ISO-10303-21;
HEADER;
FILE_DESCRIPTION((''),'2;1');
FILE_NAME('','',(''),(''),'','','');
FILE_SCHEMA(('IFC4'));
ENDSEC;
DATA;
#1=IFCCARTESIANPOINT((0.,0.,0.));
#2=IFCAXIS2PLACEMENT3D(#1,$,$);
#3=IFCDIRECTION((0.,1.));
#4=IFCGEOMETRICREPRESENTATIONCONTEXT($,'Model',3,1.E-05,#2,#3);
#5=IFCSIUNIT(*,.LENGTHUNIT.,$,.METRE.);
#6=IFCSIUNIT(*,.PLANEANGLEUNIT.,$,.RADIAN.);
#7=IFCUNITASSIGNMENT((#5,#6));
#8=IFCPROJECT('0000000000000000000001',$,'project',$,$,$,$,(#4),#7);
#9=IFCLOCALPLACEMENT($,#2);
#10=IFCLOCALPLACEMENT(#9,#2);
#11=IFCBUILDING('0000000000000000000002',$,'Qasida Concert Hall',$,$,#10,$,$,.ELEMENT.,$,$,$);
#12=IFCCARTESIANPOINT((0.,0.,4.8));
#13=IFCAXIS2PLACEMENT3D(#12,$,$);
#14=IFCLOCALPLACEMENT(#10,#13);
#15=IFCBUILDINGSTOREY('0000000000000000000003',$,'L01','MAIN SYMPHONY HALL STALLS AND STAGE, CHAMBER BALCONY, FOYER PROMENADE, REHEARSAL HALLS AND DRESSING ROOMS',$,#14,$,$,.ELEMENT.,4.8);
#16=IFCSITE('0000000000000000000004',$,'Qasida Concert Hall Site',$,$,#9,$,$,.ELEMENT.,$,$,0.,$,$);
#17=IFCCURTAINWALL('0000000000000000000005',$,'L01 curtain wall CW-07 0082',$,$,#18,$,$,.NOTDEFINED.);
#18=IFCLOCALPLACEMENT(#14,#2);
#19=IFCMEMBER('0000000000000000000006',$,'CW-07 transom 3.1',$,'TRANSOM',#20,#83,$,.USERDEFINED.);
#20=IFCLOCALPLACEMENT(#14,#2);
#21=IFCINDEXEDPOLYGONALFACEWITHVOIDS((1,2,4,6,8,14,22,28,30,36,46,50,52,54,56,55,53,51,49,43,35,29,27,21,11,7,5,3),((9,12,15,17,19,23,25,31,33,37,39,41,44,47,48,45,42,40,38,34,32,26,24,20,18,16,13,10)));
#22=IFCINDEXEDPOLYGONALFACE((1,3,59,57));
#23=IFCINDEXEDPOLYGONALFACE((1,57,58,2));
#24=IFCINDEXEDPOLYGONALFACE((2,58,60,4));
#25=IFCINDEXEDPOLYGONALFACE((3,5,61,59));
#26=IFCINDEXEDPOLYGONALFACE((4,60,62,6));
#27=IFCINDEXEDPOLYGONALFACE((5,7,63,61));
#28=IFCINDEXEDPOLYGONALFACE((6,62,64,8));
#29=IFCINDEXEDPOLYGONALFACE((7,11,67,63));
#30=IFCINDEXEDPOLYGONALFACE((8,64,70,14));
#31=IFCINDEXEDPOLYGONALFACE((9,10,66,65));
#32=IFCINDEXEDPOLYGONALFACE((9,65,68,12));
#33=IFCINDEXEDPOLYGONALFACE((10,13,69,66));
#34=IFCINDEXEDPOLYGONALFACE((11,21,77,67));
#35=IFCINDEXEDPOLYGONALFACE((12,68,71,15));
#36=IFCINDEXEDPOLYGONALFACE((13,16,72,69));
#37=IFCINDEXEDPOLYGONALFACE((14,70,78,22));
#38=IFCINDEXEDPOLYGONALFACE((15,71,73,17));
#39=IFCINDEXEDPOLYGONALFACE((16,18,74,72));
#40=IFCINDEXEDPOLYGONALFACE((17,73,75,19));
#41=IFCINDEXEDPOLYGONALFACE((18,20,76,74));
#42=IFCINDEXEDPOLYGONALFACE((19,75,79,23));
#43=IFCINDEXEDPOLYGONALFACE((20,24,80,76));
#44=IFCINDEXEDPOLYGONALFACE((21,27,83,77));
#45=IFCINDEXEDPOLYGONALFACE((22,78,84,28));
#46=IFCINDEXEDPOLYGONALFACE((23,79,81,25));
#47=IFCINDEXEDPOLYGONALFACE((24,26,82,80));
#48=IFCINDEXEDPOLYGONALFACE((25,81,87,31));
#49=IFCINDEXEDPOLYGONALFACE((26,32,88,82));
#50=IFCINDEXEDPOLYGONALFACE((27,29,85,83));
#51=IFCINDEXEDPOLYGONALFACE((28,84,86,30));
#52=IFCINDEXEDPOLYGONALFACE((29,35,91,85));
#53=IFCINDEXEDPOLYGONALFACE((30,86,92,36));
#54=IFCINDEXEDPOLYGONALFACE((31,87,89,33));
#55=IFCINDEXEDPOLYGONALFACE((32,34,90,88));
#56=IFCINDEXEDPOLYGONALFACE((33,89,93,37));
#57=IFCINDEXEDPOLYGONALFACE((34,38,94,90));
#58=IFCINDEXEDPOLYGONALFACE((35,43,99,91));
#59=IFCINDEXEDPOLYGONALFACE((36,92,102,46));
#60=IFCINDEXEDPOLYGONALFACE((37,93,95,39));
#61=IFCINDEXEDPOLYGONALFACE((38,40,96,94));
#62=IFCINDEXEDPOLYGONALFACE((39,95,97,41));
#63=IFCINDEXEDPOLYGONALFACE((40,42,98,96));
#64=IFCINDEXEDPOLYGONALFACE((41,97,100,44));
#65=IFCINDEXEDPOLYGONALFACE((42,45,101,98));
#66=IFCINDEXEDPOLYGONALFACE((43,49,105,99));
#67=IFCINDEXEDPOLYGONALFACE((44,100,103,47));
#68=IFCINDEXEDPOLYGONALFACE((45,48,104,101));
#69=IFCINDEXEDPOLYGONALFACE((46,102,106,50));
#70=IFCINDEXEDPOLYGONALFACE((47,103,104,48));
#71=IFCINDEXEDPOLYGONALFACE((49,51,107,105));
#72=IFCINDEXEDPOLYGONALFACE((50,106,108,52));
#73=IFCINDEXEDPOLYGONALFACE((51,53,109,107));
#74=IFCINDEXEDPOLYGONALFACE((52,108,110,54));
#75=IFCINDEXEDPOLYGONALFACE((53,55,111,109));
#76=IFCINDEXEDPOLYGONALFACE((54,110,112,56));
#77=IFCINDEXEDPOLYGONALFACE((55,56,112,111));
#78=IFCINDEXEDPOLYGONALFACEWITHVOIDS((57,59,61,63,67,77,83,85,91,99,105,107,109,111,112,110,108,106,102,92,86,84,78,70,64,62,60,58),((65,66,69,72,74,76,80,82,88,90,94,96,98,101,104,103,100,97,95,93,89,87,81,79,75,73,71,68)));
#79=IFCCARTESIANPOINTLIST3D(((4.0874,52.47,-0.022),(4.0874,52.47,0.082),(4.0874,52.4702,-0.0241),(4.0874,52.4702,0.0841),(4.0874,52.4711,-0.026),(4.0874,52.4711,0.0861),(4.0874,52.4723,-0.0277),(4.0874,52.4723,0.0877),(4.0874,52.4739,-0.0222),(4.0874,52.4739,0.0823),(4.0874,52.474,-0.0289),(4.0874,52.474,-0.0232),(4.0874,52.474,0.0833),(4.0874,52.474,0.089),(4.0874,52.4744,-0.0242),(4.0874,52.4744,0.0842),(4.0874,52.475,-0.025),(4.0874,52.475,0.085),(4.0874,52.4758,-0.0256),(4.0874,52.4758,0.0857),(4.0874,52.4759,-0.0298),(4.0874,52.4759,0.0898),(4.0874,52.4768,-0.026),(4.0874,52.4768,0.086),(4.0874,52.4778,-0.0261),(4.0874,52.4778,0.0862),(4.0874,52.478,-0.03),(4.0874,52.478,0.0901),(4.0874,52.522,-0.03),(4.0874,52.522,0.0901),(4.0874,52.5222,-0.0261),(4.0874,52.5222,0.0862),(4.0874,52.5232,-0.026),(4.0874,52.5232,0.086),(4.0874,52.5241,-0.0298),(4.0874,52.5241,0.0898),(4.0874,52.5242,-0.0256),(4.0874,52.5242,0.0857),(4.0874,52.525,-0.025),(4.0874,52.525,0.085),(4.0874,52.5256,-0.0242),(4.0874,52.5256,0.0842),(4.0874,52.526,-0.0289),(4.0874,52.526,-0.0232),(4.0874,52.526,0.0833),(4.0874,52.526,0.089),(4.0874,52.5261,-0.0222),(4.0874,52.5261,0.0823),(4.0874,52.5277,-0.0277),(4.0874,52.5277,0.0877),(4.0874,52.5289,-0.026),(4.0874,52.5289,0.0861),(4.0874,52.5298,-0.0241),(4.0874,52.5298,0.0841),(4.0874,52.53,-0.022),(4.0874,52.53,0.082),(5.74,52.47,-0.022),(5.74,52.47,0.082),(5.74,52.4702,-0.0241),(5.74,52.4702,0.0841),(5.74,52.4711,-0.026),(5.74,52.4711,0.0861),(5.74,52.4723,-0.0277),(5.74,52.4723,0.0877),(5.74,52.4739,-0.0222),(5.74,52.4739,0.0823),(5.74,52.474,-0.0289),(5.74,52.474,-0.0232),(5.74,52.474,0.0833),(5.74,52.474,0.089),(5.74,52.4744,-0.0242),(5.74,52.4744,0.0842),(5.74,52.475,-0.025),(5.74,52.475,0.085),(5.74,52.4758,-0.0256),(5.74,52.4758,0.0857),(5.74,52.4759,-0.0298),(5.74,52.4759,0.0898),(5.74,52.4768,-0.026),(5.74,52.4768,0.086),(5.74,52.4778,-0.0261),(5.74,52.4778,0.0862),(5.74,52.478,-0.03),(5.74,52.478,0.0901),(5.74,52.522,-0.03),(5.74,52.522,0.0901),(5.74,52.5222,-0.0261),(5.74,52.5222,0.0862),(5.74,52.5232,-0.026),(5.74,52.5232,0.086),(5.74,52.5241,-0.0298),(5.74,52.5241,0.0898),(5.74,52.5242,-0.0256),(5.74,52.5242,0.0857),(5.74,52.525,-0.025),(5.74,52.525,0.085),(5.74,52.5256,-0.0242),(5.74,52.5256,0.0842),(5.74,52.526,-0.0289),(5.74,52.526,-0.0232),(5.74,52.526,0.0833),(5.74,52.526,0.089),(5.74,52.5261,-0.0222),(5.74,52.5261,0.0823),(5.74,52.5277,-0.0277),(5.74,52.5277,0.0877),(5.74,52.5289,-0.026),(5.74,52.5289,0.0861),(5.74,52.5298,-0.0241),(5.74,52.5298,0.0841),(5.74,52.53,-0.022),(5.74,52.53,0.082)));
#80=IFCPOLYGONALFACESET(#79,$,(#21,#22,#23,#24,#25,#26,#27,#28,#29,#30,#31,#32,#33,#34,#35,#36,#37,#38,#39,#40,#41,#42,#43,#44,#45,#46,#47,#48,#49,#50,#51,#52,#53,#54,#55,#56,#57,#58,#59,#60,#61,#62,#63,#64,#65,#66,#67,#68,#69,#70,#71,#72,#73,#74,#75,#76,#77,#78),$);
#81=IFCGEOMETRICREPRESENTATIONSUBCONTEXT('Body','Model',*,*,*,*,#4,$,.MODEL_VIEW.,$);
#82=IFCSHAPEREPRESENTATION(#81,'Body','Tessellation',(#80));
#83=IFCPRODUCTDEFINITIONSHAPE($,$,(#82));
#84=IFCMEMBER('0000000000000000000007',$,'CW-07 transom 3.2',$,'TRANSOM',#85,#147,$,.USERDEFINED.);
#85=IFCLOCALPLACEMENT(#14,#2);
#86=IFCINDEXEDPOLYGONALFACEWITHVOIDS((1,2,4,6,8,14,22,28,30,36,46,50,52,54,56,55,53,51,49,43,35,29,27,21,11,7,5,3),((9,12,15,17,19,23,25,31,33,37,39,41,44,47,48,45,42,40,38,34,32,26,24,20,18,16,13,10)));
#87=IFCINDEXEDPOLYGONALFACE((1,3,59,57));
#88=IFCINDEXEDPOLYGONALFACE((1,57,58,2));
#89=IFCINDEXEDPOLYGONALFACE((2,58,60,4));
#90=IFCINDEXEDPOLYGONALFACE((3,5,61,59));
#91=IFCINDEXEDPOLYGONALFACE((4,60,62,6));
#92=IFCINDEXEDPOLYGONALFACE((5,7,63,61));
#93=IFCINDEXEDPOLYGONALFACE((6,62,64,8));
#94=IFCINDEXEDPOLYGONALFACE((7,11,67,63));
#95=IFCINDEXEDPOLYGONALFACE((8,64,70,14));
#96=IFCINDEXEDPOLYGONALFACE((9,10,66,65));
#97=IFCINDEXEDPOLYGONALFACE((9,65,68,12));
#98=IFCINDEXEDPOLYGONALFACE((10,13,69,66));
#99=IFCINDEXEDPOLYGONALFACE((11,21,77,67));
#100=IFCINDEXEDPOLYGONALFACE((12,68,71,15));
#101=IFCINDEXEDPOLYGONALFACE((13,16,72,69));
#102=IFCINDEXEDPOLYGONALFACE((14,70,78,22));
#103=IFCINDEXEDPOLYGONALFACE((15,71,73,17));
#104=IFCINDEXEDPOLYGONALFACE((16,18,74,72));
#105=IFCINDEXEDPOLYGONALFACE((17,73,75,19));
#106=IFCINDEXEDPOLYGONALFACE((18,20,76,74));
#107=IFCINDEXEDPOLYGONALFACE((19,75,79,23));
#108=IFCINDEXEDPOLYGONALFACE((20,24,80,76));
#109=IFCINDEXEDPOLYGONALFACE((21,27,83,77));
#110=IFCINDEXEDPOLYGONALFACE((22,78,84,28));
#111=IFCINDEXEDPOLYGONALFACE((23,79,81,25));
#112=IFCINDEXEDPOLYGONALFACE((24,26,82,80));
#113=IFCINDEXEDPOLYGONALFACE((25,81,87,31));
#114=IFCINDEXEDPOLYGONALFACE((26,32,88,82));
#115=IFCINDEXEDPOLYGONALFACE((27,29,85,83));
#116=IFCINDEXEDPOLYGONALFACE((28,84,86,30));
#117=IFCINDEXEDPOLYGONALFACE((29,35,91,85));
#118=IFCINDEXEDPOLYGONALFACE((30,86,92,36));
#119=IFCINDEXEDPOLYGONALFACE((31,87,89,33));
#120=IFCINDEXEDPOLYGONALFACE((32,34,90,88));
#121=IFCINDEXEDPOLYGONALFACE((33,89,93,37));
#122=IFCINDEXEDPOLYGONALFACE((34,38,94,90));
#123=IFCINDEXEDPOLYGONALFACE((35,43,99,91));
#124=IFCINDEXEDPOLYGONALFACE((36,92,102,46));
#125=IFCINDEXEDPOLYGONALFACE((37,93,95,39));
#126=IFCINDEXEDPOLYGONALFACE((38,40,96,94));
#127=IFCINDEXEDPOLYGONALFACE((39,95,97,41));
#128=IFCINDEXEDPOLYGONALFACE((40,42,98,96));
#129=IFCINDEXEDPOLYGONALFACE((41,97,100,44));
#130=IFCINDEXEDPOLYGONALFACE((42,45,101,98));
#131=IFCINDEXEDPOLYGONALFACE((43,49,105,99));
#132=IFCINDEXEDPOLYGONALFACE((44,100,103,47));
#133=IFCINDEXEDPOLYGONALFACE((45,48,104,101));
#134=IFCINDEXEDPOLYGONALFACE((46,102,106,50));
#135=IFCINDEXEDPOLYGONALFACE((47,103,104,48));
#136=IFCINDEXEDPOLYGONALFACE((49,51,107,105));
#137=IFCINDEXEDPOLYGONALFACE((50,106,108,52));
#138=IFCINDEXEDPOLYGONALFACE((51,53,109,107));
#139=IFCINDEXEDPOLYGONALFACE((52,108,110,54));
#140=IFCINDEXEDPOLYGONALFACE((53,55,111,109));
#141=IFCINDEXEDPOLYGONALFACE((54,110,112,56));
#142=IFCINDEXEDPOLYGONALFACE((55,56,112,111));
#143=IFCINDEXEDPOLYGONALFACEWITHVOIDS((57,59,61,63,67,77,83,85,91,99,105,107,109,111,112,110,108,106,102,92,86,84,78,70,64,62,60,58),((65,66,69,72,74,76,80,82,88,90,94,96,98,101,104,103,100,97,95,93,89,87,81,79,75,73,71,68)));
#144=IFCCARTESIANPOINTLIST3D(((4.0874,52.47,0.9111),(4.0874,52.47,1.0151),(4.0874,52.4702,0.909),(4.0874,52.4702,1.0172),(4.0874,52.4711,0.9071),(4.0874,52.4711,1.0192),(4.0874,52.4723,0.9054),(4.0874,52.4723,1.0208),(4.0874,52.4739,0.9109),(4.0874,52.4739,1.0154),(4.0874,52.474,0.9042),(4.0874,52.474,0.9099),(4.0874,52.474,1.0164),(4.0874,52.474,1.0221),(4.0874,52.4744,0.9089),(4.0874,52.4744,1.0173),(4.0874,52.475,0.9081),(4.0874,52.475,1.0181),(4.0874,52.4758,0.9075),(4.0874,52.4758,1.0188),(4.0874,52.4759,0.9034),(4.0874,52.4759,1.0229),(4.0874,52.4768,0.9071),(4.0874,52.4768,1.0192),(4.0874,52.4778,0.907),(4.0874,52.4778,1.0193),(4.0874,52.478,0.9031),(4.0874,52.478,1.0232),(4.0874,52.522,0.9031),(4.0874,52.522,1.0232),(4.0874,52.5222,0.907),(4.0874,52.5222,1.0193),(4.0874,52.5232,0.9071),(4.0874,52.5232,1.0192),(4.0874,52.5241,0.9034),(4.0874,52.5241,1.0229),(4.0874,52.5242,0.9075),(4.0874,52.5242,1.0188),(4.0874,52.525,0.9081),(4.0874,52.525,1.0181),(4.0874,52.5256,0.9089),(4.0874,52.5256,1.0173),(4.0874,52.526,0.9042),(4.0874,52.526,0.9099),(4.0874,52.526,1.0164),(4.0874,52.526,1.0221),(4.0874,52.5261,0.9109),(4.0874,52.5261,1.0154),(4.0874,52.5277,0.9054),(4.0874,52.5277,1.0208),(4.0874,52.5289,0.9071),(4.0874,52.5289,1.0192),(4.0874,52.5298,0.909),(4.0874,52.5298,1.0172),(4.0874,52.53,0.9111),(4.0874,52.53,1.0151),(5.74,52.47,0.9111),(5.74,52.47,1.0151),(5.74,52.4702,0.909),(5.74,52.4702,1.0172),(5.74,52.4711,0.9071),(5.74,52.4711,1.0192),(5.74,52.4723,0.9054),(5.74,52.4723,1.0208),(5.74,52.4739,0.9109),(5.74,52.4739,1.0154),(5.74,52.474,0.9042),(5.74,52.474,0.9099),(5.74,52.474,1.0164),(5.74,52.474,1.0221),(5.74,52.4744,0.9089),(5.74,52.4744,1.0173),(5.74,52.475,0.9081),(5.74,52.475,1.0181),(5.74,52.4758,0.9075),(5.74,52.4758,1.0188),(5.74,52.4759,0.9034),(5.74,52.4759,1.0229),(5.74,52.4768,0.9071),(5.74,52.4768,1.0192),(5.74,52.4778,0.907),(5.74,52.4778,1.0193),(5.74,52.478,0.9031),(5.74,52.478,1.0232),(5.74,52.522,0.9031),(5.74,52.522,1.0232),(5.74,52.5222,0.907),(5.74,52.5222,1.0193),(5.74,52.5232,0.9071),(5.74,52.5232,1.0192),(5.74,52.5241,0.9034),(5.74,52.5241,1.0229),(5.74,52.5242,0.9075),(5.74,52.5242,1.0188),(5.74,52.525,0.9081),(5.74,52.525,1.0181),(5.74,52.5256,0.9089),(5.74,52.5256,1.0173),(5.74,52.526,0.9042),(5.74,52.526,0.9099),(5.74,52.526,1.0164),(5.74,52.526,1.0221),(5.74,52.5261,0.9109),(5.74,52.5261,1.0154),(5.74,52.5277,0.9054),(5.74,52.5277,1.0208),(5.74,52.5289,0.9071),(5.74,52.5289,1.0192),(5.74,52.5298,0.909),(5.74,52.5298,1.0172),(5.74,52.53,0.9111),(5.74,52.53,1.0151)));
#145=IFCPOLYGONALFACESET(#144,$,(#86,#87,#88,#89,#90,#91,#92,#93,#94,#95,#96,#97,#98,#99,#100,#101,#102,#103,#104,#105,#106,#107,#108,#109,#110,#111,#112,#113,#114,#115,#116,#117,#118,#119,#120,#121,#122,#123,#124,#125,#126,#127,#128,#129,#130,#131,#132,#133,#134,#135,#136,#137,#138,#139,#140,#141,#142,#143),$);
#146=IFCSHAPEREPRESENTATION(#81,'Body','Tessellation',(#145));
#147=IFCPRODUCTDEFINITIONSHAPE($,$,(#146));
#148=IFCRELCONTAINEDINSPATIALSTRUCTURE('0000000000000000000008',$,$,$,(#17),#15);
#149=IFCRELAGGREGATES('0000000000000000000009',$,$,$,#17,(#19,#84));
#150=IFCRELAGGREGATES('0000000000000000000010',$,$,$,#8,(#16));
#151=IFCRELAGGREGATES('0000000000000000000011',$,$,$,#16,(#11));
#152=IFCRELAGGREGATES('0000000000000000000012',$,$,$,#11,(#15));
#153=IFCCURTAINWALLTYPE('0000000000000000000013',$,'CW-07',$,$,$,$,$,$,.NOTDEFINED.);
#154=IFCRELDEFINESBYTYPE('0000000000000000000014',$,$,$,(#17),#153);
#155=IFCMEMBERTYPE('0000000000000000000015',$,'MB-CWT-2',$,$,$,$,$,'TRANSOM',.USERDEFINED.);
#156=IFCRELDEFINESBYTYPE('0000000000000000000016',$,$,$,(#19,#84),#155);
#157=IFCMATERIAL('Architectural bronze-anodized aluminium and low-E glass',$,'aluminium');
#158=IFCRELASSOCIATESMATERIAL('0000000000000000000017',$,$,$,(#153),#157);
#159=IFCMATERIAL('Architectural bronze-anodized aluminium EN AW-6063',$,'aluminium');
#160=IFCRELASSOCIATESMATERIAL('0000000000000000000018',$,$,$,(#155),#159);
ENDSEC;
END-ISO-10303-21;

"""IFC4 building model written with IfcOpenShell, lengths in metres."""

from ifc_helpers import new_model, si_unit, direction, frame, origin, origin_2d, place, context, subcontext, project, spatial, hollow_rectangle, extrude, material, material_profile, profile_set, type_object, element, aggregate, save


model = new_model("IFC4")

# Units and contexts
model_context = context("Model", 3, precision=1e-05, world=origin(), true_north=direction((0.0, 1.0)))
body_context = subcontext(model_context, "Body", "Model", "MODEL_VIEW")
ifc_project = project(units=[si_unit("LENGTHUNIT", "METRE"), si_unit("PLANEANGLEUNIT", "RADIAN")], contexts=[model_context])

# Site, building, storey
site_placement = place(None, origin())
site = spatial("IfcSite", under=ifc_project, at=site_placement, Name="Qasida Concert Hall Site", CompositionType="ELEMENT", RefElevation=0.0)
building_placement = place(site_placement, origin())
building = spatial("IfcBuilding", under=site, at=building_placement, Name="Qasida Concert Hall", CompositionType="ELEMENT")
storey_placement = place(building_placement, frame((0.0, 0.0, 4.8)))
storey = spatial("IfcBuildingStorey", under=building, at=storey_placement, Name="L01", Description="MAIN SYMPHONY HALL STALLS AND STAGE, CHAMBER BALCONY, FOYER PROMENADE, REHEARSAL HALLS AND DRESSING ROOMS", CompositionType="ELEMENT", Elevation=4.8)

# Curtain wall, members
ifc_material_1 = material(Name="Architectural bronze-anodized aluminium and low-E glass", Category="aluminium")
curtain_wall_type = type_object("IfcCurtainWallType", Name="CW-07", PredefinedType="NOTDEFINED", material=ifc_material_1)
curtain_wall_placement = place(storey_placement, origin())
curtain_wall = element("IfcCurtainWall", 1, at=curtain_wall_placement, inside=storey, type_object=curtain_wall_type, Name="L01 curtain wall CW-07 0082", PredefinedType="NOTDEFINED")
ifc_material_2 = material(Name="Architectural bronze-anodized aluminium EN AW-6063", Category="aluminium")
ifc_material_profile_1 = material_profile(ifc_material_2, hollow_rectangle(XDim=0.0601, YDim=0.1201, WallThickness=0.0039, InnerFilletRadius=0.0039, OuterFilletRadius=0.0081, at=origin_2d()), Name="CWT 120x60x4")
ifc_profile_set_1 = profile_set([ifc_material_profile_1], Name="Architectural bronze-anodized aluminium EN AW-6063")
member_type_1 = type_object("IfcMemberType", Name="MB-CWT-2", ElementType="TRANSOM", PredefinedType="USERDEFINED", material=ifc_profile_set_1)
member_1_placement = place(storey_placement, frame((4.0874, 52.5, 0.03), z_axis=(1.0, 0.0, 0.0), x_axis=(0.0, 1.0, 0.0)))
member_1 = element("IfcMember", 2, at=member_1_placement, type_object=member_type_1, Name="CW-07 transom 3.1", ObjectType="TRANSOM", PredefinedType="USERDEFINED", context=body_context, shape_type="SweptSolid", body=[
    extrude(hollow_rectangle(XDim=0.0601, YDim=0.1201, WallThickness=0.0039, InnerFilletRadius=0.0039, OuterFilletRadius=0.0081, at=origin_2d()), origin(), (0.0, 0.0, 1.0), 1.6526),
])
member_2_placement = place(storey_placement, frame((4.0874, 52.5, 0.9631), z_axis=(1.0, 0.0, 0.0), x_axis=(0.0, 1.0, 0.0)))
member_2 = element("IfcMember", 3, at=member_2_placement, type_object=member_type_1, Name="CW-07 transom 3.2", ObjectType="TRANSOM", PredefinedType="USERDEFINED", context=body_context, shape_type="SweptSolid", body=[
    extrude(hollow_rectangle(XDim=0.0601, YDim=0.1201, WallThickness=0.0039, InnerFilletRadius=0.0039, OuterFilletRadius=0.0081, at=origin_2d()), origin(), (0.0, 0.0, 1.0), 1.6526),
])
aggregate(curtain_wall, [member_1, member_2])

save(model, "model.ifc")
